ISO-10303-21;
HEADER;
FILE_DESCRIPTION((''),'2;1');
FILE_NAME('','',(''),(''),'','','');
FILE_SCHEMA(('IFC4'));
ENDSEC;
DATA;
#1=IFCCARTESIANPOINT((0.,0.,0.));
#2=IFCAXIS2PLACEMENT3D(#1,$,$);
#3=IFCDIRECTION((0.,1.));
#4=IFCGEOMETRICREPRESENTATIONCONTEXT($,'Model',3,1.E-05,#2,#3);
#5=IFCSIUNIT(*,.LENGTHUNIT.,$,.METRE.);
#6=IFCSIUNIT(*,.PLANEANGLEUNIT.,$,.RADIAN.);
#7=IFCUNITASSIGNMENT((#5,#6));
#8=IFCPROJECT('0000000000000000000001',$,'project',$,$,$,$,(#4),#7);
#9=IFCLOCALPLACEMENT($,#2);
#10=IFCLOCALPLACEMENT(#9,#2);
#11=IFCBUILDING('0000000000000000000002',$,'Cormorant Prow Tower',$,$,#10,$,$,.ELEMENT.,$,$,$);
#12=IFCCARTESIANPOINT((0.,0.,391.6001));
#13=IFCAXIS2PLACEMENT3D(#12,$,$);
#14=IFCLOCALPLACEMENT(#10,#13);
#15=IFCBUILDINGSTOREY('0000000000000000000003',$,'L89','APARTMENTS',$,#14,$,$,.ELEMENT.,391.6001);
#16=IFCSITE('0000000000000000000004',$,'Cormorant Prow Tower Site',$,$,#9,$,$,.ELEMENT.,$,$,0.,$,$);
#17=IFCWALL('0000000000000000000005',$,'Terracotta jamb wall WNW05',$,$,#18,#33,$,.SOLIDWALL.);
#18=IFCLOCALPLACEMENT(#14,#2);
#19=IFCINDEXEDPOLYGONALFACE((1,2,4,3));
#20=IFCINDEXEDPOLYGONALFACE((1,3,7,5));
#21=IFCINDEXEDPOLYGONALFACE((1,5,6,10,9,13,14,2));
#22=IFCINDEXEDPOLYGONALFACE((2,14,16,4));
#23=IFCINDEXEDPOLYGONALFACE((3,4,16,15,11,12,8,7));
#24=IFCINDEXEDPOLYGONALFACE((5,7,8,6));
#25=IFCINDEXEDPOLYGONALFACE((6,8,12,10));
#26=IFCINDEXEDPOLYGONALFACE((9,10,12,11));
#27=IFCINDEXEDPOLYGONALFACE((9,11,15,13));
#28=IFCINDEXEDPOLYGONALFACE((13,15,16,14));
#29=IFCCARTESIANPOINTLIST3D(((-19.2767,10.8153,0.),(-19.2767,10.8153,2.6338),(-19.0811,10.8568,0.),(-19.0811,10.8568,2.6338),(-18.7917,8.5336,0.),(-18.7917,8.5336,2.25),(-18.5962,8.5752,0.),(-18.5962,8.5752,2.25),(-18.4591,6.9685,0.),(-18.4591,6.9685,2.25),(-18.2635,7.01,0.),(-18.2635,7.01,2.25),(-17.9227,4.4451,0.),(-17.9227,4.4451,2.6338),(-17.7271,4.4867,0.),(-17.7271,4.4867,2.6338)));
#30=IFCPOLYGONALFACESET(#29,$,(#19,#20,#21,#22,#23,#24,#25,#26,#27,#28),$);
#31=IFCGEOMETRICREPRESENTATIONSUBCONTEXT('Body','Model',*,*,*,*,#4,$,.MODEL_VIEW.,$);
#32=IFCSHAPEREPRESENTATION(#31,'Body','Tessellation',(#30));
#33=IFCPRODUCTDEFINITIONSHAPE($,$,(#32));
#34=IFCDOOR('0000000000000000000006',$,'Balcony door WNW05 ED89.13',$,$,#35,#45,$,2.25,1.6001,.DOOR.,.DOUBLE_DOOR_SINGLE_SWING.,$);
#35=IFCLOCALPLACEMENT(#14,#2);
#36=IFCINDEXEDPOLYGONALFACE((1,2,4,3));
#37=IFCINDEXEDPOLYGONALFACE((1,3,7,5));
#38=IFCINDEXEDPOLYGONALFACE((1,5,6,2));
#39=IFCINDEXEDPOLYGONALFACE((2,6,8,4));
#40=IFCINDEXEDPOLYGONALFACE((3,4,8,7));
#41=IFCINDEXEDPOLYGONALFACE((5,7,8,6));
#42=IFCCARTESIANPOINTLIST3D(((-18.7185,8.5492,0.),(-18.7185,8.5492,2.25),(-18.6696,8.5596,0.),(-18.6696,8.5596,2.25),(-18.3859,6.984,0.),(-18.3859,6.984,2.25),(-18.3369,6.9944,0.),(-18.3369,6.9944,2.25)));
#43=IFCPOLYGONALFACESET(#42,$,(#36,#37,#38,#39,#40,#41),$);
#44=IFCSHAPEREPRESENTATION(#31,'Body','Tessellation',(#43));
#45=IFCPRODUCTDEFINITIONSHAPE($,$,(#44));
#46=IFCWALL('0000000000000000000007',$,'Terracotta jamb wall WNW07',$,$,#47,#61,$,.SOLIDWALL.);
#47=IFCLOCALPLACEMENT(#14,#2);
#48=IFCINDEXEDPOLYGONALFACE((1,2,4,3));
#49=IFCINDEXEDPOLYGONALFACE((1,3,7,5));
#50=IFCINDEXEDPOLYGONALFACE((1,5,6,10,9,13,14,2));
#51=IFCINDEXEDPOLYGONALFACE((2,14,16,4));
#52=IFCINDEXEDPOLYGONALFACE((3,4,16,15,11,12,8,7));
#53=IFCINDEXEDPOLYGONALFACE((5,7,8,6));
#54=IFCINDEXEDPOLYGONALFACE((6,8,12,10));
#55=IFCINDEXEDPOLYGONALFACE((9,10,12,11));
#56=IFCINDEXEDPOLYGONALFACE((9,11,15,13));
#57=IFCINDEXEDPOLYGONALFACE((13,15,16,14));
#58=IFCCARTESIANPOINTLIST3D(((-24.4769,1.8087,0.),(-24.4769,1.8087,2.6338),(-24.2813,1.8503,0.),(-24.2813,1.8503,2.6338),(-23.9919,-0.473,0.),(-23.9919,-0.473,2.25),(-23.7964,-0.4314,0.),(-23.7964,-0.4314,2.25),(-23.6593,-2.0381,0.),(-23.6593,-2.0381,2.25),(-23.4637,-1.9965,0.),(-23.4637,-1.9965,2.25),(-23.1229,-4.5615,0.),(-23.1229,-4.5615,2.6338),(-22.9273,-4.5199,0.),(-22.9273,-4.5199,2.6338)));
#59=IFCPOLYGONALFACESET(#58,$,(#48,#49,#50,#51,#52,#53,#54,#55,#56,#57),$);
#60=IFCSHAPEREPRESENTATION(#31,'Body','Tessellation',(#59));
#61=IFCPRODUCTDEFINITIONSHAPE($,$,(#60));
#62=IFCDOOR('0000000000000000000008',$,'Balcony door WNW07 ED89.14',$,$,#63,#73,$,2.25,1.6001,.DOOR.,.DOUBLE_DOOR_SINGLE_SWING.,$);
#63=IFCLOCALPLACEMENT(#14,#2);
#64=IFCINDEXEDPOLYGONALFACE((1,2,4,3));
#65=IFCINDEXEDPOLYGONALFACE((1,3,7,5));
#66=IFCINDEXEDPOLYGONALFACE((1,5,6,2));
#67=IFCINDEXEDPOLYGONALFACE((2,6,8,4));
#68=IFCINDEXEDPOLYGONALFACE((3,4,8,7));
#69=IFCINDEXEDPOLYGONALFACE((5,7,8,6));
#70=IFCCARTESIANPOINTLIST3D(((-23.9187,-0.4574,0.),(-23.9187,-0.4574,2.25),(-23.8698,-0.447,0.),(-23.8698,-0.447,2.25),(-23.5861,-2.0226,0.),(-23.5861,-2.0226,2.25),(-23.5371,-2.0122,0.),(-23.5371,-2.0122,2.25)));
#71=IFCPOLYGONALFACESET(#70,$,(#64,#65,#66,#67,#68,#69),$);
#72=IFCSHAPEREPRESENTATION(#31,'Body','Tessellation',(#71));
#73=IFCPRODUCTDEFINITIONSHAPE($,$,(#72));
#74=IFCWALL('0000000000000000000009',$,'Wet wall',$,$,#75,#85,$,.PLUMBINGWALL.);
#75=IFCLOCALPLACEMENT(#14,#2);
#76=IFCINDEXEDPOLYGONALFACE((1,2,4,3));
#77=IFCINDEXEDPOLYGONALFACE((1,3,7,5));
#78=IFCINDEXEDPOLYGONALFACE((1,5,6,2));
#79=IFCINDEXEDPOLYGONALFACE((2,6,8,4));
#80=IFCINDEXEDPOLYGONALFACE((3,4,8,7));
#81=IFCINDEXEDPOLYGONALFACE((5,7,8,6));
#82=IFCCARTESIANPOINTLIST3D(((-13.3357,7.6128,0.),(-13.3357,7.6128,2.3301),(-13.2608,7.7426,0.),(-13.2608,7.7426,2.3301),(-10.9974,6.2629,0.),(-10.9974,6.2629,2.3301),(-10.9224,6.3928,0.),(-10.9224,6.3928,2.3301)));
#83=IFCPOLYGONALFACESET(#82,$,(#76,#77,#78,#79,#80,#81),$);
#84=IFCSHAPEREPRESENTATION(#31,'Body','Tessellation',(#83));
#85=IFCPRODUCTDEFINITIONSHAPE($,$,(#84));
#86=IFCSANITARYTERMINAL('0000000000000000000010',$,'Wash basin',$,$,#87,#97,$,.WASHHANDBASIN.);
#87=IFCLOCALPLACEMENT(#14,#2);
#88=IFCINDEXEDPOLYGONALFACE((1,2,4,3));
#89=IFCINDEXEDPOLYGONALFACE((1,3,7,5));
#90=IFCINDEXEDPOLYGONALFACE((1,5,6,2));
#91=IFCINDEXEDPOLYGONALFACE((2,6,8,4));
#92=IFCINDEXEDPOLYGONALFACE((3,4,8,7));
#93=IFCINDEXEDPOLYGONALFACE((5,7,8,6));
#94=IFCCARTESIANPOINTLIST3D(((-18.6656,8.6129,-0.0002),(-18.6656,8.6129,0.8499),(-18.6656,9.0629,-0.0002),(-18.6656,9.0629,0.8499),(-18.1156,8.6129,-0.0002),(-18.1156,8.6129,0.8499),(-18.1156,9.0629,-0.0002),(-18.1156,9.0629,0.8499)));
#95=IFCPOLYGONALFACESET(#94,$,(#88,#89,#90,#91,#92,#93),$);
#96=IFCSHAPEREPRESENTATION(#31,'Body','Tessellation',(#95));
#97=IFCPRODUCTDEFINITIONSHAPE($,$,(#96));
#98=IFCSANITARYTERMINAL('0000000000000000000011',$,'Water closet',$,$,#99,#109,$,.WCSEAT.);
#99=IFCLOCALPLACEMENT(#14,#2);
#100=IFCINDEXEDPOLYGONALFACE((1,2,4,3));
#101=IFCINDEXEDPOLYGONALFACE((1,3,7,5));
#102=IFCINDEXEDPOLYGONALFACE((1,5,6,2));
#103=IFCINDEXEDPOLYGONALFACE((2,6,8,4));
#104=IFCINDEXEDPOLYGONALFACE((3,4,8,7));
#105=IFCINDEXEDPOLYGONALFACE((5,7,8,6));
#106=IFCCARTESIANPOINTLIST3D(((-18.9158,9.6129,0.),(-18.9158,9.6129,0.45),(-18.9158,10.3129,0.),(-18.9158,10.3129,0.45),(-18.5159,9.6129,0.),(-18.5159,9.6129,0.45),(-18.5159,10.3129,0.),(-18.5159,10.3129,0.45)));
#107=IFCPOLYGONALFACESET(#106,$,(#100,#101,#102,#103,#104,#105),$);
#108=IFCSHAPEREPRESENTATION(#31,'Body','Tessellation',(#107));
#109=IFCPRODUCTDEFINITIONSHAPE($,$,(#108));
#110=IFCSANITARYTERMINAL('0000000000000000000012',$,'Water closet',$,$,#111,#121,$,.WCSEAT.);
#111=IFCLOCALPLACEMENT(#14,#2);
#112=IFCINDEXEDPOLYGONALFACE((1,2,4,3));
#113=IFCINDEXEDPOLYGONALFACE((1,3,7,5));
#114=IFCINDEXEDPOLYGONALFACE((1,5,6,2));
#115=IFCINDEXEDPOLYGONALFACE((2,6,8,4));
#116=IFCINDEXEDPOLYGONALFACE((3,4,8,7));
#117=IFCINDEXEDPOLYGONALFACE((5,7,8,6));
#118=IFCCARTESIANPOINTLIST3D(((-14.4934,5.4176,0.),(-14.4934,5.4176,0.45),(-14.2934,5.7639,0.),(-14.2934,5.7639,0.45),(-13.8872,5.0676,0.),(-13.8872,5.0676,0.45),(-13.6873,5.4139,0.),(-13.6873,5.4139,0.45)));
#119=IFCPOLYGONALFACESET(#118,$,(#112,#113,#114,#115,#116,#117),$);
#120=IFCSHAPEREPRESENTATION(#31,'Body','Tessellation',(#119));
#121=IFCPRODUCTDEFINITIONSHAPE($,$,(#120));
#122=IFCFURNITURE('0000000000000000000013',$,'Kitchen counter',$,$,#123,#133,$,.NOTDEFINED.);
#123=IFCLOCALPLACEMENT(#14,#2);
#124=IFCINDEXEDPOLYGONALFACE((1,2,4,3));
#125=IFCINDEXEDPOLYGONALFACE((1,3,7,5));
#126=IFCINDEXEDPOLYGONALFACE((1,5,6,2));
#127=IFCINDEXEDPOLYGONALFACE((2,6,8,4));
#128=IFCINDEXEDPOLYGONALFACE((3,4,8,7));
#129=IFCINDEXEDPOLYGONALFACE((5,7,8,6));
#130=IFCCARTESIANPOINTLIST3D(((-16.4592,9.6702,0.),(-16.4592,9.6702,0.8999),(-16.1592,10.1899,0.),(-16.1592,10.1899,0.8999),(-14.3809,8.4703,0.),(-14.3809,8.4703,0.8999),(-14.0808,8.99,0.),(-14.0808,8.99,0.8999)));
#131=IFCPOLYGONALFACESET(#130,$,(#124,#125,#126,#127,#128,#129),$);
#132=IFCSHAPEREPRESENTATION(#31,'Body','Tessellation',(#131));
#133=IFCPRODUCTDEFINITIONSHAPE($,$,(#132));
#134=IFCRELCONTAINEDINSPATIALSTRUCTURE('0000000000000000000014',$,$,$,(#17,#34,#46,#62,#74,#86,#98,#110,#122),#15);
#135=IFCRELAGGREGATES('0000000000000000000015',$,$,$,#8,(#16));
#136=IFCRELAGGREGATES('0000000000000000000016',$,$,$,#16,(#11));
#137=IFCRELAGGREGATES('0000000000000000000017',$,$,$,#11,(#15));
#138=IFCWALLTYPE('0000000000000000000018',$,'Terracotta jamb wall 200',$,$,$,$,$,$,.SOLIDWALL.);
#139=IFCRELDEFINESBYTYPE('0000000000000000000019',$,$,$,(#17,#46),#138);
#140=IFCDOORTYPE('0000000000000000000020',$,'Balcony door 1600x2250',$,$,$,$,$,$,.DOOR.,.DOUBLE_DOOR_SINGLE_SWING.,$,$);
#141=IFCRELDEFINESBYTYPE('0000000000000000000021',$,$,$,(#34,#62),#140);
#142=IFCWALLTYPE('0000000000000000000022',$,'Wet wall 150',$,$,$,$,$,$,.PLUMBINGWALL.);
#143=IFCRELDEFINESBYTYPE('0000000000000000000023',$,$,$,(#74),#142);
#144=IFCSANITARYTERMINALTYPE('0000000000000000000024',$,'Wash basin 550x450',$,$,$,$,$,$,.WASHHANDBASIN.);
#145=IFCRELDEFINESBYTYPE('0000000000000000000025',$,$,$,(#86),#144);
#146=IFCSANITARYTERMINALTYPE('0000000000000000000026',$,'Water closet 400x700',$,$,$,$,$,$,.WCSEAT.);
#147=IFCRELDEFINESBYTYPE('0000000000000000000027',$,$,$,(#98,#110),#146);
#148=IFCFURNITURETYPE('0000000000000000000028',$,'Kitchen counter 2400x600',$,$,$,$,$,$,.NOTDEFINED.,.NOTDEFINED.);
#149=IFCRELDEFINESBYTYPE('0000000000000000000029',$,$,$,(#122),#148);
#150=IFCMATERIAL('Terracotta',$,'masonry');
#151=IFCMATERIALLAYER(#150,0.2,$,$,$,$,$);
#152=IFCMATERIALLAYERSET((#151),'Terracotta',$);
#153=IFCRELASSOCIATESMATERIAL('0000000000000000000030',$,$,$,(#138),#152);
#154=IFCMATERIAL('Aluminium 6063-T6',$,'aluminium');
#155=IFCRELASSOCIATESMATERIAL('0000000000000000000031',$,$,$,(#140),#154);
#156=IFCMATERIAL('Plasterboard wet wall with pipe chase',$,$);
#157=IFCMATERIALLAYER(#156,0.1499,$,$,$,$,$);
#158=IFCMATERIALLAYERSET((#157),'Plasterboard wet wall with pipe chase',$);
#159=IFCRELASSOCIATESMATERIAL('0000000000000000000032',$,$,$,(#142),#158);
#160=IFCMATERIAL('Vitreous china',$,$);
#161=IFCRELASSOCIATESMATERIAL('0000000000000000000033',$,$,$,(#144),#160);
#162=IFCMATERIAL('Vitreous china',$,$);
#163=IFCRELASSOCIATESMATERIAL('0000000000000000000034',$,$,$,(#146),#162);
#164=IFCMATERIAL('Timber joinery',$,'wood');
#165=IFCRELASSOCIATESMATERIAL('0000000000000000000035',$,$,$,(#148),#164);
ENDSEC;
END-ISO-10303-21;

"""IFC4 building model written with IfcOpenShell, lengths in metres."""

from ifc_helpers import new_model, si_unit, direction, frame, frame_2d, origin, origin_2d, place, context, subcontext, project, spatial, rectangle, extrude, material, layer, layer_set, type_object, element, fill, save


model = new_model("IFC4")

# Units and contexts
model_context = context("Model", 3, precision=1e-05, world=origin(), true_north=direction((0.0, 1.0)))
body_context = subcontext(model_context, "Body", "Model", "MODEL_VIEW")
ifc_project = project(units=[si_unit("LENGTHUNIT", "METRE"), si_unit("PLANEANGLEUNIT", "RADIAN")], contexts=[model_context])

# Site, building, storey
site_placement = place(None, origin())
site = spatial("IfcSite", under=ifc_project, at=site_placement, Name="Cormorant Prow Tower Site", CompositionType="ELEMENT", RefElevation=0.0)
building_placement = place(site_placement, origin())
building = spatial("IfcBuilding", under=site, at=building_placement, Name="Cormorant Prow Tower", CompositionType="ELEMENT")
storey_placement = place(building_placement, frame((0.0, 0.0, 391.6001)))
storey = spatial("IfcBuildingStorey", under=building, at=storey_placement, Name="L89", Description="APARTMENTS", CompositionType="ELEMENT", Elevation=391.6001)

# Walls, openings, doors
ifc_material_1 = material(Name="Terracotta", Category="masonry")
ifc_layer_1 = layer(ifc_material_1, 0.2)
ifc_layer_set_1 = layer_set([ifc_layer_1], Name="Terracotta")
wall_type_1 = type_object("IfcWallType", Name="Terracotta jamb wall 200", PredefinedType="SOLIDWALL", material=ifc_layer_set_1)
wall_1_placement = place(storey_placement, frame((-19.179, 10.8362, 0.0), z_axis=(0.0, 0.0, 1.0), x_axis=(0.207911, -0.978148, 0.0)))
wall_1 = element("IfcWall", 1, at=wall_1_placement, inside=storey, type_object=wall_type_1, Name="Terracotta jamb wall WNW05", PredefinedType="SOLIDWALL", context=body_context, shape_type="SweptSolid", body=[
    extrude(rectangle(XDim=6.5125, YDim=0.2, at=frame_2d((3.2563, 0.0))), origin(), (0.0, 0.0, 1.0), 2.6338),
])
opening_1_placement = place(wall_1_placement, frame((2.3328, 0.0, 0.0)))
opening_1 = element("IfcOpeningElement", 2, at=opening_1_placement, cuts=wall_1, PredefinedType="OPENING", context=body_context, shape_type="SweptSolid", body=[
    extrude(rectangle(XDim=1.6001, YDim=2.25, at=frame_2d((0.8, 1.125))), frame((0.0, 0.1099, 0.0), z_axis=(0.0, -1.0, 0.0), x_axis=(1.0, 0.0, 0.0)), (0.0, 0.0, 1.0), 0.22),
])
ifc_material_2 = material(Name="Aluminium 6063-T6", Category="aluminium")
door_type_1 = type_object("IfcDoorType", Name="Balcony door 1600x2250", OperationType="DOUBLE_DOOR_SINGLE_SWING", PredefinedType="DOOR", material=ifc_material_2)
door_1_placement = place(opening_1_placement, origin())
door_1 = element("IfcDoor", 3, at=door_1_placement, inside=storey, type_object=door_type_1, Name="Balcony door WNW05 ED89.13", OperationType="DOUBLE_DOOR_SINGLE_SWING", OverallHeight=2.25, OverallWidth=1.6001, PredefinedType="DOOR", context=body_context, shape_type="SweptSolid", body=[
    extrude(rectangle(XDim=1.6001, YDim=2.25, at=frame_2d((0.8, 1.125))), frame((0.0, 0.0249, 0.0), z_axis=(0.0, -1.0, 0.0), x_axis=(1.0, 0.0, 0.0)), (0.0, 0.0, 1.0), 0.05),
])
fill(opening_1, door_1)
wall_2_placement = place(storey_placement, frame((-24.3792, 1.8296, 0.0), z_axis=(0.0, 0.0, 1.0), x_axis=(0.207911, -0.978148, 0.0)))
wall_2 = element("IfcWall", 4, at=wall_2_placement, inside=storey, type_object=wall_type_1, Name="Terracotta jamb wall WNW07", PredefinedType="SOLIDWALL", context=body_context, shape_type="SweptSolid", body=[
    extrude(rectangle(XDim=6.5125, YDim=0.2, at=frame_2d((3.2563, 0.0))), origin(), (0.0, 0.0, 1.0), 2.6338),
])
opening_2_placement = place(wall_2_placement, frame((2.3328, 0.0, 0.0)))
opening_2 = element("IfcOpeningElement", 5, at=opening_2_placement, cuts=wall_2, PredefinedType="OPENING", context=body_context, shape_type="SweptSolid", body=[
    extrude(rectangle(XDim=1.6001, YDim=2.25, at=frame_2d((0.8, 1.125))), frame((0.0, 0.1099, 0.0), z_axis=(0.0, -1.0, 0.0), x_axis=(1.0, 0.0, 0.0)), (0.0, 0.0, 1.0), 0.22),
])
door_2_placement = place(opening_2_placement, origin())
door_2 = element("IfcDoor", 6, at=door_2_placement, inside=storey, type_object=door_type_1, Name="Balcony door WNW07 ED89.14", OperationType="DOUBLE_DOOR_SINGLE_SWING", OverallHeight=2.25, OverallWidth=1.6001, PredefinedType="DOOR", context=body_context, shape_type="SweptSolid", body=[
    extrude(rectangle(XDim=1.6001, YDim=2.25, at=frame_2d((0.8, 1.125))), frame((0.0, 0.0249, 0.0), z_axis=(0.0, -1.0, 0.0), x_axis=(1.0, 0.0, 0.0)), (0.0, 0.0, 1.0), 0.05),
])
fill(opening_2, door_2)

# Wall
ifc_material_3 = material(Name="Plasterboard wet wall with pipe chase")
ifc_layer_2 = layer(ifc_material_3, 0.1499)
ifc_layer_set_2 = layer_set([ifc_layer_2], Name="Plasterboard wet wall with pipe chase")
wall_type_2 = type_object("IfcWallType", Name="Wet wall 150", PredefinedType="PLUMBINGWALL", material=ifc_layer_set_2)
wall_3_placement = place(storey_placement, frame((-13.2983, 7.6777, 0.0), z_axis=(0.0, 0.0, 1.0), x_axis=(0.866059, -0.499942, 0.0)))
element("IfcWall", 7, at=wall_3_placement, inside=storey, type_object=wall_type_2, Name="Wet wall", PredefinedType="PLUMBINGWALL", context=body_context, shape_type="SweptSolid", body=[
    extrude(rectangle(XDim=2.7, YDim=0.1499, at=frame_2d((1.3501, 0.0))), origin(), (0.0, 0.0, 1.0), 2.3301),
])

# Sanitary terminals
ifc_material_4 = material(Name="Vitreous china")
sanitary_terminal_type_1 = type_object("IfcSanitaryTerminalType", Name="Wash basin 550x450", PredefinedType="WASHHANDBASIN", material=ifc_material_4)
sanitary_terminal_placement = place(storey_placement, frame((-18.3906, 8.8379, -0.0002), z_axis=(0.0, 0.0, 1.0), x_axis=(1.0, 0.0, 0.0)))
element("IfcSanitaryTerminal", 8, at=sanitary_terminal_placement, inside=storey, type_object=sanitary_terminal_type_1, Name="Wash basin", PredefinedType="WASHHANDBASIN", context=body_context, shape_type="SweptSolid", body=[
    extrude(rectangle(XDim=0.55, YDim=0.45, at=origin_2d()), origin(), (0.0, 0.0, 1.0), 0.8501),
])
ifc_material_5 = material(Name="Vitreous china")
sanitary_terminal_type_2 = type_object("IfcSanitaryTerminalType", Name="Water closet 400x700", PredefinedType="WCSEAT", material=ifc_material_5)
for number, where, z_axis, x_axis, name in (
    (9, (-18.7158, 9.9629, 0.0), (0.0, 0.0, 1.0), (1.0, 0.0, 0.0), "Water closet"),
    (10, (-14.0903, 5.4158, 0.0), (0.0, 0.0, 1.0), (0.5, 0.866025, 0.0), "Water closet"),
):
    element("IfcSanitaryTerminal", number, at=place(storey_placement, frame(where, z_axis=z_axis, x_axis=x_axis)), inside=storey, type_object=sanitary_terminal_type_2, Name=name, PredefinedType="WCSEAT", context=body_context, shape_type="SweptSolid", body=[
        extrude(rectangle(XDim=0.3999, YDim=0.7, at=origin_2d()), origin(), (0.0, 0.0, 1.0), 0.45),
    ])

# Furniture
ifc_material_6 = material(Name="Timber joinery", Category="wood")
furniture_type = type_object("IfcFurnitureType", Name="Kitchen counter 2400x600", AssemblyPlace="NOTDEFINED", PredefinedType="NOTDEFINED", material=ifc_material_6)
furniture_placement = place(storey_placement, frame((-15.27, 9.3301, 0.0), z_axis=(0.0, 0.0, 1.0), x_axis=(-0.866025, 0.5, 0.0)))
element("IfcFurniture", 11, at=furniture_placement, inside=storey, type_object=furniture_type, Name="Kitchen counter", PredefinedType="NOTDEFINED", context=body_context, shape_type="SweptSolid", body=[
    extrude(rectangle(XDim=2.3999, YDim=0.6001, at=origin_2d()), origin(), (0.0, 0.0, 1.0), 0.8999),
])

save(model, "model.ifc")
